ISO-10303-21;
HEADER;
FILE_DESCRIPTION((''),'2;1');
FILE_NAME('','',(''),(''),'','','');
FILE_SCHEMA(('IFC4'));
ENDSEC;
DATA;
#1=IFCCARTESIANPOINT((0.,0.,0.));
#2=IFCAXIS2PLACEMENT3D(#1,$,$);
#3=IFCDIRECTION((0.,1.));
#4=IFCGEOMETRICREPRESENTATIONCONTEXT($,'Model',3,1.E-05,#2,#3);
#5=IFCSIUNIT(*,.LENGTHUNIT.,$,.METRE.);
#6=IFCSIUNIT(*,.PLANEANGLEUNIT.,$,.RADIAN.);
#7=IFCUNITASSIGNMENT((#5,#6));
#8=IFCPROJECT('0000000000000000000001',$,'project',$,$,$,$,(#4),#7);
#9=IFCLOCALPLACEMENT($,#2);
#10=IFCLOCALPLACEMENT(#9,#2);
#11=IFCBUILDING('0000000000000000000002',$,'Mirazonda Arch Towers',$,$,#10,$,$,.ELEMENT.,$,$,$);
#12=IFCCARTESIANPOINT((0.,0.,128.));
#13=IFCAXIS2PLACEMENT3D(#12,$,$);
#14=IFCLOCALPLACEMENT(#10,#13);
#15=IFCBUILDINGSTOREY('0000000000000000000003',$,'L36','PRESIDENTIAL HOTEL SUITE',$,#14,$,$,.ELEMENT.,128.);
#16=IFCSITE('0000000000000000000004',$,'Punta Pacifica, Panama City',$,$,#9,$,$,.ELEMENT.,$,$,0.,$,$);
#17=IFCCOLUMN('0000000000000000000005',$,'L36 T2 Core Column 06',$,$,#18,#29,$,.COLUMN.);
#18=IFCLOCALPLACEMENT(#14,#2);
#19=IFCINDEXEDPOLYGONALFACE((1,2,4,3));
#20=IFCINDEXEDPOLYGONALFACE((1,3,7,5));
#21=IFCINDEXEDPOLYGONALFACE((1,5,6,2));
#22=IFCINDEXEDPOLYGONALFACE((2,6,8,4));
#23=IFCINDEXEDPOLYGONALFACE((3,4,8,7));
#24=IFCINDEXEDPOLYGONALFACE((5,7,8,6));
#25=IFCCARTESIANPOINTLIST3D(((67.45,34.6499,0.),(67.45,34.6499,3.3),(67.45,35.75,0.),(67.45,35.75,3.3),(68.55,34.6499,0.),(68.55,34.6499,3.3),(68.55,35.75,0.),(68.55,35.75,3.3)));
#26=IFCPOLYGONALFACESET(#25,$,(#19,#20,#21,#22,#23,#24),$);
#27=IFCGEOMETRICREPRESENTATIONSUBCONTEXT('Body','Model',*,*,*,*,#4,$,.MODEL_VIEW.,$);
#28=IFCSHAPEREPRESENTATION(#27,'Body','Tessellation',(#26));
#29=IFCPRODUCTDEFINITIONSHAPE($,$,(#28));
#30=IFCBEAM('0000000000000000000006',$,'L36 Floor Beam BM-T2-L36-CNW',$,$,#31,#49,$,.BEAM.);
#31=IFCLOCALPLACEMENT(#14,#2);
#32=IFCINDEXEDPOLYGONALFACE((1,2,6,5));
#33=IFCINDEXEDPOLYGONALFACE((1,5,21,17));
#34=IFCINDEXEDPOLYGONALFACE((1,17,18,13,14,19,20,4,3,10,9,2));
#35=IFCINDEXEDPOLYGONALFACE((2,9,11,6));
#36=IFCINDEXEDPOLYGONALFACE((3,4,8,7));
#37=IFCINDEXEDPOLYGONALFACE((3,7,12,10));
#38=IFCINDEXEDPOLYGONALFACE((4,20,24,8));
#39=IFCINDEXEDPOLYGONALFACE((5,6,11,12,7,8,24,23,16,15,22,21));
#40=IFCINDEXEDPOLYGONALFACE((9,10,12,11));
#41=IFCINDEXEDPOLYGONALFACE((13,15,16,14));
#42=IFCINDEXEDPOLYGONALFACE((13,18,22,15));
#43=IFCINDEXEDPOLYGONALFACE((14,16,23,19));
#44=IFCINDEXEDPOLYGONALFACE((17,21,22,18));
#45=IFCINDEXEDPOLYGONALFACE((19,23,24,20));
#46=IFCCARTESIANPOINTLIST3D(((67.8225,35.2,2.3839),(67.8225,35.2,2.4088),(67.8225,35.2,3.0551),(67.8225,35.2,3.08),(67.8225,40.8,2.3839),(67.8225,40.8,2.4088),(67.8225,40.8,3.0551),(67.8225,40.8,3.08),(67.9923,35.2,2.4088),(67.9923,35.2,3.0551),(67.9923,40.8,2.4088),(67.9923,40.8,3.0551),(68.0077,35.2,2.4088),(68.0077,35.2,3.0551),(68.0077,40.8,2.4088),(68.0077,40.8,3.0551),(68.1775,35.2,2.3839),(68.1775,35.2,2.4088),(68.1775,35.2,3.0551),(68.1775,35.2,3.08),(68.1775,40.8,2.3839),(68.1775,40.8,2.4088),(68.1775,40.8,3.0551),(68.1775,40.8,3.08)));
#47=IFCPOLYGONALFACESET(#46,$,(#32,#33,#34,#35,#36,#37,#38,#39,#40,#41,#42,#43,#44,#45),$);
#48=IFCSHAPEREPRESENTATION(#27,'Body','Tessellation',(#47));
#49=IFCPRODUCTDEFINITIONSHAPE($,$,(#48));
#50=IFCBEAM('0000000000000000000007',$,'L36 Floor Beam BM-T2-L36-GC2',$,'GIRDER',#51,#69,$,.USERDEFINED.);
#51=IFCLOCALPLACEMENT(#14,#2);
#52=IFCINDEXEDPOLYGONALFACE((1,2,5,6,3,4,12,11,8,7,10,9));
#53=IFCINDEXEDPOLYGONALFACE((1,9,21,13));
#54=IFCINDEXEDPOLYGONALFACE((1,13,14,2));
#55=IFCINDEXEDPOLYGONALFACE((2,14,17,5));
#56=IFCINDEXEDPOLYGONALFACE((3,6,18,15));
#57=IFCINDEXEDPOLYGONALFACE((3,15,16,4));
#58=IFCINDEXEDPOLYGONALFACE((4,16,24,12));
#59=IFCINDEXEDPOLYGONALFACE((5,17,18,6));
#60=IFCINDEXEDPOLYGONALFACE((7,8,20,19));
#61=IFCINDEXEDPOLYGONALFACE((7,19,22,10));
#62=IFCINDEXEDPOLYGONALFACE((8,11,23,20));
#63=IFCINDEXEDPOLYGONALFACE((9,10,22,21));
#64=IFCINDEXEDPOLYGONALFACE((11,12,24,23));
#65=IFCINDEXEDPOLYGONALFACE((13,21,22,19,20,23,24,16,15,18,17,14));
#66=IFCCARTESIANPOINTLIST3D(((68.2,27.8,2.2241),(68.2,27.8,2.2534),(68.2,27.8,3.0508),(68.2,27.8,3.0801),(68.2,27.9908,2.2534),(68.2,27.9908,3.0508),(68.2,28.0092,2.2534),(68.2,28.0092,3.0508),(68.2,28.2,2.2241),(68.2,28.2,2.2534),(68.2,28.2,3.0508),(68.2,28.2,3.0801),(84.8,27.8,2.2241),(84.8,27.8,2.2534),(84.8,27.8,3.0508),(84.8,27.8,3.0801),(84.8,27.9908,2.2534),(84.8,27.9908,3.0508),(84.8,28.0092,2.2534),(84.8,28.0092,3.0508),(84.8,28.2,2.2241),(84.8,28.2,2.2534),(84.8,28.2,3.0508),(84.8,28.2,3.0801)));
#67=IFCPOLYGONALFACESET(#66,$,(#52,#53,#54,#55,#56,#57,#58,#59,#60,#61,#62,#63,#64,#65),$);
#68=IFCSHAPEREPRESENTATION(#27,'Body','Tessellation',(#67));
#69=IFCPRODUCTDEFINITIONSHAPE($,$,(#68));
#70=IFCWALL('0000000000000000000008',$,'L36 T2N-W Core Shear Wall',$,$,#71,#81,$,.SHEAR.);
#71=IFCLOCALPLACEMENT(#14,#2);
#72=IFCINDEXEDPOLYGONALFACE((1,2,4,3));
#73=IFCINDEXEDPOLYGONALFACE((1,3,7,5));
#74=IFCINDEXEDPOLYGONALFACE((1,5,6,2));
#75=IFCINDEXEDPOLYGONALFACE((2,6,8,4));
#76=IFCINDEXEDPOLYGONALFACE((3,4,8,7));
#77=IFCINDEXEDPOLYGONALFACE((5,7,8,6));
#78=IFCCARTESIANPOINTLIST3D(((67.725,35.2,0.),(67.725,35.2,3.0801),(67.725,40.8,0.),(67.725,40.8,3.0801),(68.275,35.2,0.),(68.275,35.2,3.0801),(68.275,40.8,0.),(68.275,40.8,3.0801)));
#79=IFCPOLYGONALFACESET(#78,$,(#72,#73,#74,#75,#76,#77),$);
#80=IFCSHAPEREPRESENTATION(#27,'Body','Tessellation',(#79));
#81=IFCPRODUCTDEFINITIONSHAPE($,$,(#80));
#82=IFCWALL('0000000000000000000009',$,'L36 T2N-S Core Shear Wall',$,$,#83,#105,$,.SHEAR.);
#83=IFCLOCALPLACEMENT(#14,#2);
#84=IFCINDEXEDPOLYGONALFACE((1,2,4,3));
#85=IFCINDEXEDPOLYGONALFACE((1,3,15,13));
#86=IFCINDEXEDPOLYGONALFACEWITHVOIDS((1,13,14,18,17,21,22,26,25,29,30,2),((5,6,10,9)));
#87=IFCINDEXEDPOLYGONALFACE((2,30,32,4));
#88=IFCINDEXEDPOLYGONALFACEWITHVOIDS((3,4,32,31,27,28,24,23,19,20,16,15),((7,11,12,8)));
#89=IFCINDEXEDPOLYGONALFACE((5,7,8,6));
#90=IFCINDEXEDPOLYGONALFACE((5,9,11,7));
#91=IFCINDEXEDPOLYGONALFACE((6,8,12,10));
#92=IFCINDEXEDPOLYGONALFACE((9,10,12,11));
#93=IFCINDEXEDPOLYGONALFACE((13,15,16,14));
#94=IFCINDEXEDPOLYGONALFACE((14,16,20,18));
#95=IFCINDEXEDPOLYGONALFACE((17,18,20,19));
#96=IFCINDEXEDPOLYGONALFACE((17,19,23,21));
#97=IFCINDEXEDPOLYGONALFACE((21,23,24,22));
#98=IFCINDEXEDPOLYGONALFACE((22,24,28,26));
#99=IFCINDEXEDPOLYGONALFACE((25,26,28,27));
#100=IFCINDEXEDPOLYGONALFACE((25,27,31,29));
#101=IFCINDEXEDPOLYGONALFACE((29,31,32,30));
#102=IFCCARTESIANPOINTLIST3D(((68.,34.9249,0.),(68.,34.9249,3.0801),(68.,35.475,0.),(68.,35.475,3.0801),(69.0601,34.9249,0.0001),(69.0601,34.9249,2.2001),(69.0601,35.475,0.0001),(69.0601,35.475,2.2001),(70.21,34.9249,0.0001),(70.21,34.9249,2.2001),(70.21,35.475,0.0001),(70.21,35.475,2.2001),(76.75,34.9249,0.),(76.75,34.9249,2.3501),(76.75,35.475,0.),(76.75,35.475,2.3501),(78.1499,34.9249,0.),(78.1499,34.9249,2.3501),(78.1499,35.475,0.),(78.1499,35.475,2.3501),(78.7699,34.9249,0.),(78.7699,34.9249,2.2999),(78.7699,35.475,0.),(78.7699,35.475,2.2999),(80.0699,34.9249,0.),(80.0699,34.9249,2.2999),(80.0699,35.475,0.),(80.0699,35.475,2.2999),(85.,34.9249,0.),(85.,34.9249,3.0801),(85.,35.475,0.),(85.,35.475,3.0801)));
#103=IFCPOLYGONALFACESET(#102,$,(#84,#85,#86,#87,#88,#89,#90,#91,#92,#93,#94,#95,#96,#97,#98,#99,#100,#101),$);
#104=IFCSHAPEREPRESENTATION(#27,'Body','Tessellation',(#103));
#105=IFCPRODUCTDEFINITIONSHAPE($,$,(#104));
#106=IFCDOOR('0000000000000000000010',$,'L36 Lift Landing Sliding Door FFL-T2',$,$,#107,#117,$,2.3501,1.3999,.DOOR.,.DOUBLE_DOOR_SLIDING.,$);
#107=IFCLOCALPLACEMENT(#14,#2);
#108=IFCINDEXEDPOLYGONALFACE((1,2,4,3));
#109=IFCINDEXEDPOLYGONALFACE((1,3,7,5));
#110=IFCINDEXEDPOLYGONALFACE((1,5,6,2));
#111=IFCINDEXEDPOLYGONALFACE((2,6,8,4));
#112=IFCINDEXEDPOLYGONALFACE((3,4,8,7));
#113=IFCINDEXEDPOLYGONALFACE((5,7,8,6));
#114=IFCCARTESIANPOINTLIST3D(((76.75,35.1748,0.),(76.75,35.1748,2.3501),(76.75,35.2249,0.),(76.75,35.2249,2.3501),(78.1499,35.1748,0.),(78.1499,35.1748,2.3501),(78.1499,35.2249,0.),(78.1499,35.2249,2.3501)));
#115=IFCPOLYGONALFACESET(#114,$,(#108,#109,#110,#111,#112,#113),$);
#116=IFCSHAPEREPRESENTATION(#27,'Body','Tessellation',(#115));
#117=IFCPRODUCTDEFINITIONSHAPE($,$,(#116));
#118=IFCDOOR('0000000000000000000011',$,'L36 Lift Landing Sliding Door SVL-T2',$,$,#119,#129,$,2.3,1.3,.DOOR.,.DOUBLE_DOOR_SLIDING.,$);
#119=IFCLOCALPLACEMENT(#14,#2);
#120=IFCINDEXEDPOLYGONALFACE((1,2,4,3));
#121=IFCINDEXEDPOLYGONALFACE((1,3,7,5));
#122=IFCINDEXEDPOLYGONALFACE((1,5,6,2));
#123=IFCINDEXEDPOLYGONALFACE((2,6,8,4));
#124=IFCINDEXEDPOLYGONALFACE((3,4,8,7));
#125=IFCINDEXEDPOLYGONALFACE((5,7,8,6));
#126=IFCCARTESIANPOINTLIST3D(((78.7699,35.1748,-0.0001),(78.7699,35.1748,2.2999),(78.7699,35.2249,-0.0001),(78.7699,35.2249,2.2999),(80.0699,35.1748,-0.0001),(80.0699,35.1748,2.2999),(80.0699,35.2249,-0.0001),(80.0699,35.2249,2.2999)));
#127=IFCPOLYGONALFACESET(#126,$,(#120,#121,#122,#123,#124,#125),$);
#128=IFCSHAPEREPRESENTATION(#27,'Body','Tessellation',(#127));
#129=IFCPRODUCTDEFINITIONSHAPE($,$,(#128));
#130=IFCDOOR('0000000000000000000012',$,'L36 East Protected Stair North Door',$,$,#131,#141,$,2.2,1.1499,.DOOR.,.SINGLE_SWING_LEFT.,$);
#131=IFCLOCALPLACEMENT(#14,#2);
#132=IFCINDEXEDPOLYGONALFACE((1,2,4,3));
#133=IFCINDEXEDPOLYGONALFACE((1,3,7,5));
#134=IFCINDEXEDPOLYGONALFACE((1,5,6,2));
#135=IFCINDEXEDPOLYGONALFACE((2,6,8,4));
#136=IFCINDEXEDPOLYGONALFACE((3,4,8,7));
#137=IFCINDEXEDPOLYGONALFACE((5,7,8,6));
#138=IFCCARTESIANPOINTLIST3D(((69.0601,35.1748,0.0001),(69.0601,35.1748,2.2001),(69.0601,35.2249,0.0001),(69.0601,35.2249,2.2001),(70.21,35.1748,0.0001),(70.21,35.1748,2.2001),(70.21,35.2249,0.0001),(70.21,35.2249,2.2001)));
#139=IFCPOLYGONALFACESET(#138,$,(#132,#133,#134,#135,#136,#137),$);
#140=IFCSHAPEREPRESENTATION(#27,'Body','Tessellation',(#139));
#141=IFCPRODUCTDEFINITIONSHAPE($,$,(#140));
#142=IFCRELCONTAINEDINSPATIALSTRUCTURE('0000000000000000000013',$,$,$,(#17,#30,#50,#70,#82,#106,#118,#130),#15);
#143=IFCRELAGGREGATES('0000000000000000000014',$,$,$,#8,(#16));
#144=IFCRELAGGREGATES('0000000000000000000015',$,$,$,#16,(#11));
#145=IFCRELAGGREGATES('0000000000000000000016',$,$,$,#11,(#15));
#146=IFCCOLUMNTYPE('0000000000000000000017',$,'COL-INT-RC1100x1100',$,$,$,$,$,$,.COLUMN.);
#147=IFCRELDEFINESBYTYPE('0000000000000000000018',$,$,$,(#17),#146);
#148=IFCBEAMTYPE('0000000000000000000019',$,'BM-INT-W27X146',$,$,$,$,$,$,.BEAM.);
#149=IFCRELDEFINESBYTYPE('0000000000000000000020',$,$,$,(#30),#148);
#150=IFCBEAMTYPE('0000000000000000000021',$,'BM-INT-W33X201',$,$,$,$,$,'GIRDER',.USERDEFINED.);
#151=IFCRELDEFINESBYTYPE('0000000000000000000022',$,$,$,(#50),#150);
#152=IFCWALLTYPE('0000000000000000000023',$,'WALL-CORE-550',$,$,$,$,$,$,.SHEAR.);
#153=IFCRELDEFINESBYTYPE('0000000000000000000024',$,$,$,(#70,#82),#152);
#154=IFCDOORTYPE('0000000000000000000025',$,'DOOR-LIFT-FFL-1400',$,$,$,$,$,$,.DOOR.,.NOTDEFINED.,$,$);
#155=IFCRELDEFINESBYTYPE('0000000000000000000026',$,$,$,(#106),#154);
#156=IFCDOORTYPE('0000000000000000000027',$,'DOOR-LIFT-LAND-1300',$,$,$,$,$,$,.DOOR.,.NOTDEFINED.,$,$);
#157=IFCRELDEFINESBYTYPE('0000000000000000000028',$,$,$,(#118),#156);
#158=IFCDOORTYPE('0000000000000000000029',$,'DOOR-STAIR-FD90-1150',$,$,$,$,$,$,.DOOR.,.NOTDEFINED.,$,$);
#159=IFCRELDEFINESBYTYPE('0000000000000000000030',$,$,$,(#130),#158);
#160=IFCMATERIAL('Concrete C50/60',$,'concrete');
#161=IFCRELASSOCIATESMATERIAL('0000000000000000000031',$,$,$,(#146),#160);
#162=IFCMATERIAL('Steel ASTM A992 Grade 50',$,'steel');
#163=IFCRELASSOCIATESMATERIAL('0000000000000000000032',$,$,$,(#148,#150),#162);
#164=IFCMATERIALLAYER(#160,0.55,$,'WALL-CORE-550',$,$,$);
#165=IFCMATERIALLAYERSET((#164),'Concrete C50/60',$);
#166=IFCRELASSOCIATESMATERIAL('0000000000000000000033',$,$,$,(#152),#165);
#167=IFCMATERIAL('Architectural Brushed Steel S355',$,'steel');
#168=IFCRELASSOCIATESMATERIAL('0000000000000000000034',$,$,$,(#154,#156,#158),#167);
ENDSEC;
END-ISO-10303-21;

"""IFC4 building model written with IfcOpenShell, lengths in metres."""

from ifc_helpers import new_model, si_unit, direction, frame, frame_2d, origin, origin_2d, place, context, subcontext, project, spatial, rectangle, i_section, extrude, material, layer, layer_set, material_profile, profile_set, type_object, element, fill, save


model = new_model("IFC4")

# Units and contexts
model_context = context("Model", 3, precision=1e-05, world=origin(), true_north=direction((0.0, 1.0)))
body_context = subcontext(model_context, "Body", "Model", "MODEL_VIEW")
ifc_project = project(units=[si_unit("LENGTHUNIT", "METRE"), si_unit("PLANEANGLEUNIT", "RADIAN")], contexts=[model_context])

# Site, building, storey
site_placement = place(None, origin())
site = spatial("IfcSite", under=ifc_project, at=site_placement, Name="Punta Pacifica, Panama City", CompositionType="ELEMENT", RefElevation=0.0)
building_placement = place(site_placement, origin())
building = spatial("IfcBuilding", under=site, at=building_placement, Name="Mirazonda Arch Towers", CompositionType="ELEMENT")
storey_placement = place(building_placement, frame((0.0, 0.0, 128.0)))
storey = spatial("IfcBuildingStorey", under=building, at=storey_placement, Name="L36", Description="PRESIDENTIAL HOTEL SUITE", CompositionType="ELEMENT", Elevation=128.0)

# Column
ifc_material_1 = material(Name="Concrete C50/60", Category="concrete")
ifc_material_profile_1 = material_profile(ifc_material_1, rectangle(XDim=1.1001, YDim=1.1001, at=origin_2d()), Name="RC1100x1100")
ifc_profile_set_1 = profile_set([ifc_material_profile_1], Name="Concrete C50/60")
column_type = type_object("IfcColumnType", Name="COL-INT-RC1100x1100", PredefinedType="COLUMN", material=ifc_profile_set_1)
column_placement = place(storey_placement, frame((68.0, 35.2, 0.0), z_axis=(0.0, 0.0, 1.0), x_axis=(1.0, 0.0, 0.0)))
element("IfcColumn", 1, at=column_placement, inside=storey, type_object=column_type, Name="L36 T2 Core Column 06", PredefinedType="COLUMN", context=body_context, shape_type="SweptSolid", body=[
    extrude(rectangle(XDim=1.1001, YDim=1.1001, at=origin_2d()), origin(), (0.0, 0.0, 1.0), 3.3),
])

# Beams
ifc_material_2 = material(Name="Steel ASTM A992 Grade 50", Category="steel")
ifc_material_profile_2 = material_profile(ifc_material_2, i_section(OverallWidth=0.355, OverallDepth=0.696, WebThickness=0.0154, FlangeThickness=0.0249, at=origin_2d()), Name="W27X146")
ifc_profile_set_2 = profile_set([ifc_material_profile_2], Name="Steel ASTM A992 Grade 50")
beam_type_1 = type_object("IfcBeamType", Name="BM-INT-W27X146", PredefinedType="BEAM", material=ifc_profile_set_2)
beam_1_placement = place(storey_placement, frame((68.0, 35.2, 2.7319), z_axis=(0.0, 1.0, 0.0), x_axis=(-1.0, 0.0, 0.0)))
element("IfcBeam", 2, at=beam_1_placement, inside=storey, type_object=beam_type_1, Name="L36 Floor Beam BM-T2-L36-CNW", PredefinedType="BEAM", context=body_context, shape_type="SweptSolid", body=[
    extrude(i_section(OverallWidth=0.355, OverallDepth=0.696, WebThickness=0.0154, FlangeThickness=0.0249, at=origin_2d()), origin(), (0.0, 0.0, 1.0), 5.6001),
])
ifc_material_profile_3 = material_profile(ifc_material_2, i_section(OverallWidth=0.3999, OverallDepth=0.856, WebThickness=0.0183, FlangeThickness=0.0293, at=origin_2d()), Name="W33X201")
ifc_profile_set_3 = profile_set([ifc_material_profile_3], Name="Steel ASTM A992 Grade 50")
beam_type_2 = type_object("IfcBeamType", Name="BM-INT-W33X201", ElementType="GIRDER", PredefinedType="USERDEFINED", material=ifc_profile_set_3)
beam_2_placement = place(storey_placement, frame((68.2, 28.0, 2.6521), z_axis=(1.0, 0.0, 0.0), x_axis=(0.0, 1.0, 0.0)))
element("IfcBeam", 3, at=beam_2_placement, inside=storey, type_object=beam_type_2, Name="L36 Floor Beam BM-T2-L36-GC2", ObjectType="GIRDER", PredefinedType="USERDEFINED", context=body_context, shape_type="SweptSolid", body=[
    extrude(i_section(OverallWidth=0.3999, OverallDepth=0.856, WebThickness=0.0183, FlangeThickness=0.0293, at=origin_2d()), origin(), (0.0, 0.0, 1.0), 16.6001),
])

# Wall
ifc_layer_1 = layer(ifc_material_1, 0.55, Name="WALL-CORE-550")
ifc_layer_set_1 = layer_set([ifc_layer_1], Name="Concrete C50/60")
wall_type_1 = type_object("IfcWallType", Name="WALL-CORE-550", PredefinedType="SHEAR", material=ifc_layer_set_1)
wall_1_placement = place(storey_placement, frame((68.0, 35.2, 0.0), z_axis=(0.0, 0.0, 1.0), x_axis=(0.0, 1.0, 0.0)))
element("IfcWall", 4, at=wall_1_placement, inside=storey, type_object=wall_type_1, Name="L36 T2N-W Core Shear Wall", PredefinedType="SHEAR", context=body_context, shape_type="SweptSolid", body=[
    extrude(rectangle(XDim=5.6001, YDim=0.55, at=frame_2d((2.8, 0.0))), origin(), (0.0, 0.0, 1.0), 3.0801),
])

# Wall, openings, doors
wall_2_placement = place(storey_placement, frame((68.0, 35.2, 0.0), z_axis=(0.0, 0.0, 1.0), x_axis=(1.0, 0.0, 0.0)))
wall_2 = element("IfcWall", 5, at=wall_2_placement, inside=storey, type_object=wall_type_1, Name="L36 T2N-S Core Shear Wall", PredefinedType="SHEAR", context=body_context, shape_type="SweptSolid", body=[
    extrude(rectangle(XDim=17.0, YDim=0.55, at=frame_2d((8.5, 0.0))), origin(), (0.0, 0.0, 1.0), 3.0801),
])
opening_1_placement = place(wall_2_placement, frame((1.0601, 0.0, 0.0)))
opening_1 = element("IfcOpeningElement", 6, at=opening_1_placement, cuts=wall_2, PredefinedType="OPENING", context=body_context, shape_type="SweptSolid", body=[
    extrude(rectangle(XDim=1.1499, YDim=2.2, at=frame_2d((0.575, 1.1001))), frame((0.0, 0.2849, 0.0), z_axis=(0.0, -1.0, 0.0), x_axis=(1.0, 0.0, 0.0)), (0.0, 0.0, 1.0), 0.5701),
])
opening_2_placement = place(wall_2_placement, frame((8.75, 0.0, 0.0)))
opening_2 = element("IfcOpeningElement", 7, at=opening_2_placement, cuts=wall_2, PredefinedType="OPENING", context=body_context, shape_type="SweptSolid", body=[
    extrude(rectangle(XDim=1.3999, YDim=2.3501, at=frame_2d((0.7, 1.175))), frame((0.0, 0.2849, 0.0), z_axis=(0.0, -1.0, 0.0), x_axis=(1.0, 0.0, 0.0)), (0.0, 0.0, 1.0), 0.5701),
])
opening_3_placement = place(wall_2_placement, frame((10.77, 0.0, 0.0)))
opening_3 = element("IfcOpeningElement", 8, at=opening_3_placement, cuts=wall_2, PredefinedType="OPENING", context=body_context, shape_type="SweptSolid", body=[
    extrude(rectangle(XDim=1.3, YDim=2.3, at=frame_2d((0.6499, 1.1499))), frame((0.0, 0.2849, 0.0), z_axis=(0.0, -1.0, 0.0), x_axis=(1.0, 0.0, 0.0)), (0.0, 0.0, 1.0), 0.5701),
])
ifc_material_3 = material(Name="Architectural Brushed Steel S355", Category="steel")
door_type_1 = type_object("IfcDoorType", Name="DOOR-LIFT-FFL-1400", OperationType="NOTDEFINED", PredefinedType="DOOR", material=ifc_material_3)
door_1_placement = place(opening_2_placement, origin())
door_1 = element("IfcDoor", 9, at=door_1_placement, inside=storey, type_object=door_type_1, Name="L36 Lift Landing Sliding Door FFL-T2", OperationType="DOUBLE_DOOR_SLIDING", OverallHeight=2.3501, OverallWidth=1.3999, PredefinedType="DOOR", context=body_context, shape_type="SweptSolid", body=[
    extrude(rectangle(XDim=1.3999, YDim=2.3501, at=frame_2d((0.7, 1.175))), frame((0.0, 0.0249, 0.0), z_axis=(0.0, -1.0, 0.0), x_axis=(1.0, 0.0, 0.0)), (0.0, 0.0, 1.0), 0.05),
])
fill(opening_2, door_1)
door_type_2 = type_object("IfcDoorType", Name="DOOR-LIFT-LAND-1300", OperationType="NOTDEFINED", PredefinedType="DOOR", material=ifc_material_3)
door_2_placement = place(opening_3_placement, origin())
door_2 = element("IfcDoor", 10, at=door_2_placement, inside=storey, type_object=door_type_2, Name="L36 Lift Landing Sliding Door SVL-T2", OperationType="DOUBLE_DOOR_SLIDING", OverallHeight=2.3, OverallWidth=1.3, PredefinedType="DOOR", context=body_context, shape_type="SweptSolid", body=[
    extrude(rectangle(XDim=1.3, YDim=2.3, at=frame_2d((0.6499, 1.1499))), frame((0.0, 0.0249, 0.0), z_axis=(0.0, -1.0, 0.0), x_axis=(1.0, 0.0, 0.0)), (0.0, 0.0, 1.0), 0.05),
])
fill(opening_3, door_2)
door_type_3 = type_object("IfcDoorType", Name="DOOR-STAIR-FD90-1150", OperationType="NOTDEFINED", PredefinedType="DOOR", material=ifc_material_3)
door_3_placement = place(opening_1_placement, origin())
door_3 = element("IfcDoor", 11, at=door_3_placement, inside=storey, type_object=door_type_3, Name="L36 East Protected Stair North Door", OperationType="SINGLE_SWING_LEFT", OverallHeight=2.2, OverallWidth=1.1499, PredefinedType="DOOR", context=body_context, shape_type="SweptSolid", body=[
    extrude(rectangle(XDim=1.1499, YDim=2.2, at=frame_2d((0.575, 1.1001))), frame((0.0, 0.0249, 0.0), z_axis=(0.0, -1.0, 0.0), x_axis=(1.0, 0.0, 0.0)), (0.0, 0.0, 1.0), 0.05),
])
fill(opening_1, door_3)

save(model, "model.ifc")
